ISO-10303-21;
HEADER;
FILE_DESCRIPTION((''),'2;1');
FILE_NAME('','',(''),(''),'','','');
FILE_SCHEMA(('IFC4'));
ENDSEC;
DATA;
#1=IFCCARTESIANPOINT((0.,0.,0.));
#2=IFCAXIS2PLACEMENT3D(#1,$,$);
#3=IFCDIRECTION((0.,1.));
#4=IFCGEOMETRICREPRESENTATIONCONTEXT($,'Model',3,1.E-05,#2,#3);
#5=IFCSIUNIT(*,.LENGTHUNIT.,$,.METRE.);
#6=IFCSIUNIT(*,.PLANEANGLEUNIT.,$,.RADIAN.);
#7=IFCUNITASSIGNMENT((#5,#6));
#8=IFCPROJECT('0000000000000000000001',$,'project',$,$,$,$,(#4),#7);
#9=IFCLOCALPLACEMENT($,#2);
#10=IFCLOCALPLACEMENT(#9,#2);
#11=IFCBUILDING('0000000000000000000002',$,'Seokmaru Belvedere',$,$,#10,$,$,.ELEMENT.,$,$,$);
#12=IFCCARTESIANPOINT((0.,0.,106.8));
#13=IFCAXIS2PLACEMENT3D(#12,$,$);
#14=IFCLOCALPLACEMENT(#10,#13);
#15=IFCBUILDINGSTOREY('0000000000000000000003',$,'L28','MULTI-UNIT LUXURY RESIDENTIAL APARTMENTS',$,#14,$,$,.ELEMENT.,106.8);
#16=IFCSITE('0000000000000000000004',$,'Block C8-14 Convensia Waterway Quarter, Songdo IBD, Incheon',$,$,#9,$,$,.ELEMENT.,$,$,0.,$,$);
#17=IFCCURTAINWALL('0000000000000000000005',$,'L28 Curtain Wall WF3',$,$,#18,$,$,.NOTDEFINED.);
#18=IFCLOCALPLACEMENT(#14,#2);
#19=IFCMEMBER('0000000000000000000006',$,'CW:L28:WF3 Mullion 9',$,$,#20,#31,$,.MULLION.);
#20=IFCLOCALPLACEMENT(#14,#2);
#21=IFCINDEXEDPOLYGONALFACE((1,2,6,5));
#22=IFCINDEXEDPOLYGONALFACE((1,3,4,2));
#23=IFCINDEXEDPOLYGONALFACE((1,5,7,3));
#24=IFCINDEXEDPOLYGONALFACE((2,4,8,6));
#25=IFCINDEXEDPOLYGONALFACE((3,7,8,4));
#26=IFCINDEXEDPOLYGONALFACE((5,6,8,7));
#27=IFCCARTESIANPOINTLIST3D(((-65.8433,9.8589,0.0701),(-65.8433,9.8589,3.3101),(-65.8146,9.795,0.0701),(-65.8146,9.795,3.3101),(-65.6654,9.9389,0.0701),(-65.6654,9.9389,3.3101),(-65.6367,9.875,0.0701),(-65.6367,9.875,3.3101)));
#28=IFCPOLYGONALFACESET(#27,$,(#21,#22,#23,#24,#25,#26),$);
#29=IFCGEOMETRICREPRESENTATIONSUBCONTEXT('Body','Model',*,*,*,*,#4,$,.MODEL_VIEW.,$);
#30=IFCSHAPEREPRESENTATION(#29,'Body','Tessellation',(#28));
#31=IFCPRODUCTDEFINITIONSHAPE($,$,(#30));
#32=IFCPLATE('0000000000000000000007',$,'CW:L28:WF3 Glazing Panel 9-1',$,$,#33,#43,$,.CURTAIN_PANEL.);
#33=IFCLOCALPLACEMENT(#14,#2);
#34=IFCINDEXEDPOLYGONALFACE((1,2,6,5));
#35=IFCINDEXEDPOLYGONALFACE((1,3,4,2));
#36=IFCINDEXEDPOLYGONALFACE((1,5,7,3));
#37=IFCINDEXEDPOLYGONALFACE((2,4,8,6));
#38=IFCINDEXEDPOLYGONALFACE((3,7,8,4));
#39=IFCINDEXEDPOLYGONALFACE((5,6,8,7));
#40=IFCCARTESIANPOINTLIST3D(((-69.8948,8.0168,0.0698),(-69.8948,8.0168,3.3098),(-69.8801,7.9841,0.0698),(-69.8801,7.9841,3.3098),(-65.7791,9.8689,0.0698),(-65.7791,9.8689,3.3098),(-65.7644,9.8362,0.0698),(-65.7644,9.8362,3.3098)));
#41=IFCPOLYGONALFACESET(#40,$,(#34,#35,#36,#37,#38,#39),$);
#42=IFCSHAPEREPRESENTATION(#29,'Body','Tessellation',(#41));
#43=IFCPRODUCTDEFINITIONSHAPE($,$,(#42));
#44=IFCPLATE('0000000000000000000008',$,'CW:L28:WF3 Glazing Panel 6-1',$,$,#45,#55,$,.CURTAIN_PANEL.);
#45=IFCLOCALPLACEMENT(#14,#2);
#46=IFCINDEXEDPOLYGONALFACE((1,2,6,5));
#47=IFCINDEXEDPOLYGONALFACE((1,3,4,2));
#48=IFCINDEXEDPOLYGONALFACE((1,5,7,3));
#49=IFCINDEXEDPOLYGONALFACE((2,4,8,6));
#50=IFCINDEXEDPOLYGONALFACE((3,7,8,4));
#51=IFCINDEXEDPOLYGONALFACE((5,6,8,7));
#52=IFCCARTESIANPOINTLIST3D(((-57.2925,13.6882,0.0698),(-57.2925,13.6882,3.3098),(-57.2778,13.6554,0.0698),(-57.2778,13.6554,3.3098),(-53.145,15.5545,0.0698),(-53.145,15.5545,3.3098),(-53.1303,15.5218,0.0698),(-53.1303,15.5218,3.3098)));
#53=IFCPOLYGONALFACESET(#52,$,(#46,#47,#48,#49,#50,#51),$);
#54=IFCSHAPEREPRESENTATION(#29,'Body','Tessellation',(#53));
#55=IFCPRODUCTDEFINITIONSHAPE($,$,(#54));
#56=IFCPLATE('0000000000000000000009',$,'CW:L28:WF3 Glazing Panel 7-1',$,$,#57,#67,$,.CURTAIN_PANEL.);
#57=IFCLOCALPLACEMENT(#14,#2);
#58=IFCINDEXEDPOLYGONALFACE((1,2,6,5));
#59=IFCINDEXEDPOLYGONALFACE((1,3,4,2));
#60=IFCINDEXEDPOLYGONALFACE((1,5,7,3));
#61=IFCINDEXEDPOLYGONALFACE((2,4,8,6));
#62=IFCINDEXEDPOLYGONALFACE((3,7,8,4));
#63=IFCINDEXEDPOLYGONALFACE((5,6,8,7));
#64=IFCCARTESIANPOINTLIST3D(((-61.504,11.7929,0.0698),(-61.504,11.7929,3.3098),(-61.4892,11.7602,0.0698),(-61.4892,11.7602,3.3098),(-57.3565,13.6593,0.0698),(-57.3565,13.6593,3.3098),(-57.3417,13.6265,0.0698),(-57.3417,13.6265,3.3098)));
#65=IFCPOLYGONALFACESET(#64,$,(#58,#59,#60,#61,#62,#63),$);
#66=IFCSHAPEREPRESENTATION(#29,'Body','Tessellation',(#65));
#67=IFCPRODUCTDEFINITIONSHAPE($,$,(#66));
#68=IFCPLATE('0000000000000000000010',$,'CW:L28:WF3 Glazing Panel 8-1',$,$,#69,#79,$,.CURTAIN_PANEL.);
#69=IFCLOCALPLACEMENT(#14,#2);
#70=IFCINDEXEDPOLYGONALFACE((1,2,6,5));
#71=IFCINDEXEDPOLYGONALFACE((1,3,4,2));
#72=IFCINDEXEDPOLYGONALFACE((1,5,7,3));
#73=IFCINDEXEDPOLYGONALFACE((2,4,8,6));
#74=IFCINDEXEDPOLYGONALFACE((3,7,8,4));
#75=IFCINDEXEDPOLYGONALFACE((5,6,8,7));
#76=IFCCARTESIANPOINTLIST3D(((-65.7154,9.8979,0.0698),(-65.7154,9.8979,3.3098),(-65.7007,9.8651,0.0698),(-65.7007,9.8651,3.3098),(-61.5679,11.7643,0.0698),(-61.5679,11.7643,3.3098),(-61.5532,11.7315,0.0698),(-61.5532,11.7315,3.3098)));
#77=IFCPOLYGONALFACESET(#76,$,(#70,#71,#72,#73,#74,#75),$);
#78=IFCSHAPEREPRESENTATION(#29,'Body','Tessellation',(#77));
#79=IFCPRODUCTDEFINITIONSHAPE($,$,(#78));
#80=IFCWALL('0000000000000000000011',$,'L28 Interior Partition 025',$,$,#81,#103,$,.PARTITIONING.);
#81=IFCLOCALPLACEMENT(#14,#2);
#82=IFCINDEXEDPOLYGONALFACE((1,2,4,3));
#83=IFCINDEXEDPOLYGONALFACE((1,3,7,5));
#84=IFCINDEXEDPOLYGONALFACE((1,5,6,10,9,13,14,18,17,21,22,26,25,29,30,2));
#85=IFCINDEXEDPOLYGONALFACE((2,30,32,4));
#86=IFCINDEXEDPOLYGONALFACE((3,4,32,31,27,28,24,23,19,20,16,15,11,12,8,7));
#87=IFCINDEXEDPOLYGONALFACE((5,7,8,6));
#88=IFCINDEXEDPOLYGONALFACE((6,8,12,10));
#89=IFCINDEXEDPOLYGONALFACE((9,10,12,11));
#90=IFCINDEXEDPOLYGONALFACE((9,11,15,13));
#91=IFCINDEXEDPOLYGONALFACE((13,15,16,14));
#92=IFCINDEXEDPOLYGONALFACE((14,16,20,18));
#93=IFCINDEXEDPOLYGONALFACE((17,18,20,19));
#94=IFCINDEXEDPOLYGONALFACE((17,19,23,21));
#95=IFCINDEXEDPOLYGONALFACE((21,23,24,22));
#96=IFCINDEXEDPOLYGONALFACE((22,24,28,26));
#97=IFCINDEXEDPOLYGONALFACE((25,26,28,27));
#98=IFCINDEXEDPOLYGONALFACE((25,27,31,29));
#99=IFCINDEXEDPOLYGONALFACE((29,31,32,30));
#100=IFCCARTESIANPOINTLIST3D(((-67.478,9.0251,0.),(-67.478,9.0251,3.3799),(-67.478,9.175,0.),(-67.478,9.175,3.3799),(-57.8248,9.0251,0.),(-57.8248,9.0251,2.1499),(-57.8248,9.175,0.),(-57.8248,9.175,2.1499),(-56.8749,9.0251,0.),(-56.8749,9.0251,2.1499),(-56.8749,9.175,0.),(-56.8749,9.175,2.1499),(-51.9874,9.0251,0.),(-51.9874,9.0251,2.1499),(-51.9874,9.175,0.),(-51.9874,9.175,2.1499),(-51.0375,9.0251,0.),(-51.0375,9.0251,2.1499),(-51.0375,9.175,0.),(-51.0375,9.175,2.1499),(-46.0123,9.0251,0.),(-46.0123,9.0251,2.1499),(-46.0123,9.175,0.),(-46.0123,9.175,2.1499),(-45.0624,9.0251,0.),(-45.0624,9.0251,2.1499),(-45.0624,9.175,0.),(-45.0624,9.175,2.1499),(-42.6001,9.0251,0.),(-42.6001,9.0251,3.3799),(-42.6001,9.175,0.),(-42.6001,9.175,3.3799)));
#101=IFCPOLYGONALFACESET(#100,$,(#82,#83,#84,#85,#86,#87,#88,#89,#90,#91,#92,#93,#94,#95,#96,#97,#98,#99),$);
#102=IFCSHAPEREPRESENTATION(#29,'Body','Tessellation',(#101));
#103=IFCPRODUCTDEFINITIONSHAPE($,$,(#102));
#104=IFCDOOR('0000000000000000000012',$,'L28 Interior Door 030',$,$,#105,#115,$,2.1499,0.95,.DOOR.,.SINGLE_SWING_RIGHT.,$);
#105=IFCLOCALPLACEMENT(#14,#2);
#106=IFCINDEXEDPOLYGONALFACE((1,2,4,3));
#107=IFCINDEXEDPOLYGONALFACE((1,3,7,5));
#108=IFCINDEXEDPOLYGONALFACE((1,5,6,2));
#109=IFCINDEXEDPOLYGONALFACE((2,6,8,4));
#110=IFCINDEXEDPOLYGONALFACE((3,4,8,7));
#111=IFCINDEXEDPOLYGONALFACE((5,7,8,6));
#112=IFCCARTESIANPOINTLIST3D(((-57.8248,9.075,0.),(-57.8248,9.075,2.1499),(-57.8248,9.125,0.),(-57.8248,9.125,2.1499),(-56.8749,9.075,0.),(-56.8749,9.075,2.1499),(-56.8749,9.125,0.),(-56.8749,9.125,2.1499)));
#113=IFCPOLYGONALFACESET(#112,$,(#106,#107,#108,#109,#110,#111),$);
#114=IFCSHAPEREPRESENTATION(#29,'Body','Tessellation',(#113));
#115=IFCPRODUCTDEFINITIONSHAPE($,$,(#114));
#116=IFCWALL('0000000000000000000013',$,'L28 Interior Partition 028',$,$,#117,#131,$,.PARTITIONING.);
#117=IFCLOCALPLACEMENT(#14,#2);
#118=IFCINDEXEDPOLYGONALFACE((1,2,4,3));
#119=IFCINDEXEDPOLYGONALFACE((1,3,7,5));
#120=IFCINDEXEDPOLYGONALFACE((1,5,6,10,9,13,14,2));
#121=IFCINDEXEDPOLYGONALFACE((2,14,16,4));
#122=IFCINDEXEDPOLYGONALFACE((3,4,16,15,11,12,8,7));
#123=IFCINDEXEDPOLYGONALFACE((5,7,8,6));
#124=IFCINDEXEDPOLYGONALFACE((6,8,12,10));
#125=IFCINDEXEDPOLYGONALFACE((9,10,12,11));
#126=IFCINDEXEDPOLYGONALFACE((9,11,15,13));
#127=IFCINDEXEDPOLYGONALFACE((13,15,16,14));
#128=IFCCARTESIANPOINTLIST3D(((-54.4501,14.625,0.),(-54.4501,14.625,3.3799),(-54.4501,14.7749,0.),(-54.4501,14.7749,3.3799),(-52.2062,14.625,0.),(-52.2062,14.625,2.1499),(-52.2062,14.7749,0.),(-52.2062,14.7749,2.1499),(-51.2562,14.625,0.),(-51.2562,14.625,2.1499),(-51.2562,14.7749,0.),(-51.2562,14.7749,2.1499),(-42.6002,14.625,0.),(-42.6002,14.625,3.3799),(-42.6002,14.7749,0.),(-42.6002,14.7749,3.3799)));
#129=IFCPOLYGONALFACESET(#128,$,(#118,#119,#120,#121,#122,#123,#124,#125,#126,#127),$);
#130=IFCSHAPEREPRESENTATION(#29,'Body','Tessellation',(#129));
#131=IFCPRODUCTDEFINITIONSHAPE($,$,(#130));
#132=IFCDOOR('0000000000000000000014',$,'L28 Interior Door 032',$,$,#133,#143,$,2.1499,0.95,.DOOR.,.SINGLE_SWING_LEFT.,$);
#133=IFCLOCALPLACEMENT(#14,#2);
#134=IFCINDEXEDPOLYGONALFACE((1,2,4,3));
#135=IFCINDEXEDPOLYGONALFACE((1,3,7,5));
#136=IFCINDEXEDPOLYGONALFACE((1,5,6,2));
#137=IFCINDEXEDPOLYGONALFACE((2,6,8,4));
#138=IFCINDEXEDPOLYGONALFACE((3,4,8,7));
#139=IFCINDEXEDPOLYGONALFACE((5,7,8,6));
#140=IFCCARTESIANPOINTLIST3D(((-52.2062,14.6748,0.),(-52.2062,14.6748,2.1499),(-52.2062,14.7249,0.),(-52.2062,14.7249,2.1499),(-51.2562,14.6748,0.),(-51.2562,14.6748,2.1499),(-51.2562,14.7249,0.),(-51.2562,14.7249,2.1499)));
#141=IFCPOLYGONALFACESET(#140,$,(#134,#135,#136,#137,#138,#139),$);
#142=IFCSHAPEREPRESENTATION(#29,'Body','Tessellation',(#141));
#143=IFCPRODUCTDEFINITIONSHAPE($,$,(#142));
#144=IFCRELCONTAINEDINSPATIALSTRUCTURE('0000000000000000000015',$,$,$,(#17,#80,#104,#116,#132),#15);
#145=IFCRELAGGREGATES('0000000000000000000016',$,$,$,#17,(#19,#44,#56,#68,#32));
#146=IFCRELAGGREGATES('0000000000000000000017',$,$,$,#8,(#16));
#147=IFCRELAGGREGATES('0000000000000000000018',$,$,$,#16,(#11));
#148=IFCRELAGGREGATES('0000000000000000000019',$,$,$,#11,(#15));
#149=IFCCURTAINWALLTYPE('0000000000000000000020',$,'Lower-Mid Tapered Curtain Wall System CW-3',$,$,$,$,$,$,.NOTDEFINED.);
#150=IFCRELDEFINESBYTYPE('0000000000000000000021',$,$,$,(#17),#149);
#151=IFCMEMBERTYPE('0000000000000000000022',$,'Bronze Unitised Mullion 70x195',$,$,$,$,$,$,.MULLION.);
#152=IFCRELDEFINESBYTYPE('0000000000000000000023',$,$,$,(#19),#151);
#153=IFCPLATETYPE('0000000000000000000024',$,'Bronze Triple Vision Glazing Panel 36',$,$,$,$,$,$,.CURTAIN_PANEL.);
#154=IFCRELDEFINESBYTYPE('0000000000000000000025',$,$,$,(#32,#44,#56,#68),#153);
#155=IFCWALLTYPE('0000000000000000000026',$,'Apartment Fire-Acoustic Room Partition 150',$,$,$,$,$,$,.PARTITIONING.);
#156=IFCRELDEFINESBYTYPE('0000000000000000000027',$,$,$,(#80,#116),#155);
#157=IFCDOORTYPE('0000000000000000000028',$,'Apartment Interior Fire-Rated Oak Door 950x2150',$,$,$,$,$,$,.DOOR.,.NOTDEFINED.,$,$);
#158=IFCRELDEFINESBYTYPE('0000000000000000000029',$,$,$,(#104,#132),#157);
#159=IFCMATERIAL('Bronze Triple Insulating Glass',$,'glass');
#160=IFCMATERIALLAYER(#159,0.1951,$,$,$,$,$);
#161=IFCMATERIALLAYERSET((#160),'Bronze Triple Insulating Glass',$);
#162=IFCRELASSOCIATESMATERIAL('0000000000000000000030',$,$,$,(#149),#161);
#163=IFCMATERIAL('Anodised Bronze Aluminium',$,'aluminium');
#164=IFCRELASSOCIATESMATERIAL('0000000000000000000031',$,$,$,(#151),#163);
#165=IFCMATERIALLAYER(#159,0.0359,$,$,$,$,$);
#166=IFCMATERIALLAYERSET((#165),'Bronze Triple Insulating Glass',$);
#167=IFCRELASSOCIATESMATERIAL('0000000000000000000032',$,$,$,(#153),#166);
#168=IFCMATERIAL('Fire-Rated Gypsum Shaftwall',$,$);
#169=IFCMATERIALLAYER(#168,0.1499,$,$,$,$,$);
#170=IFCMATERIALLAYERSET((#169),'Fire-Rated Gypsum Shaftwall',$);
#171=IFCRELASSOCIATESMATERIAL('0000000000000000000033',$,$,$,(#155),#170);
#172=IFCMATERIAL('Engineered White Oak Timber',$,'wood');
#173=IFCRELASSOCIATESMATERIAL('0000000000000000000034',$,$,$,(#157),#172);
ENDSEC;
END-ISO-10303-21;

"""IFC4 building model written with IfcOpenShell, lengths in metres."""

from ifc_helpers import new_model, si_unit, direction, frame, frame_2d, origin, origin_2d, place, context, subcontext, project, spatial, rectangle, extrude, source, transform, mapped, material, layer, layer_set, material_profile, profile_set, type_object, type_shapes, element, fill, aggregate, save


model = new_model("IFC4")

# Units and contexts
model_context = context("Model", 3, precision=1e-05, world=origin(), true_north=direction((0.0, 1.0)))
body_context = subcontext(model_context, "Body", "Model", "MODEL_VIEW")
ifc_project = project(units=[si_unit("LENGTHUNIT", "METRE"), si_unit("PLANEANGLEUNIT", "RADIAN")], contexts=[model_context])

# Site, building, storey
site_placement = place(None, origin())
site = spatial("IfcSite", under=ifc_project, at=site_placement, Name="Block C8-14 Convensia Waterway Quarter, Songdo IBD, Incheon", CompositionType="ELEMENT", RefElevation=0.0)
building_placement = place(site_placement, origin())
building = spatial("IfcBuilding", under=site, at=building_placement, Name="Seokmaru Belvedere", CompositionType="ELEMENT")
storey_placement = place(building_placement, frame((0.0, 0.0, 106.8)))
storey = spatial("IfcBuildingStorey", under=building, at=storey_placement, Name="L28", Description="MULTI-UNIT LUXURY RESIDENTIAL APARTMENTS", CompositionType="ELEMENT", Elevation=106.8)

# Curtain wall, member, plates
ifc_material_1 = material(Name="Bronze Triple Insulating Glass", Category="glass")
ifc_layer_1 = layer(ifc_material_1, 0.1951)
ifc_layer_set_1 = layer_set([ifc_layer_1], Name="Bronze Triple Insulating Glass")
curtain_wall_type = type_object("IfcCurtainWallType", Name="Lower-Mid Tapered Curtain Wall System CW-3", PredefinedType="NOTDEFINED", material=ifc_layer_set_1)
curtain_wall_placement = place(storey_placement, origin())
curtain_wall = element("IfcCurtainWall", 1, at=curtain_wall_placement, inside=storey, type_object=curtain_wall_type, Name="L28 Curtain Wall WF3", PredefinedType="NOTDEFINED")
ifc_material_2 = material(Name="Anodised Bronze Aluminium", Category="aluminium")
ifc_material_profile_1 = material_profile(ifc_material_2, rectangle(XDim=0.0701, YDim=0.1951, at=origin_2d()), Name="CW-M-70x195")
ifc_profile_set_1 = profile_set([ifc_material_profile_1], Name="Anodised Bronze Aluminium")
member_type = type_object("IfcMemberType", Name="Bronze Unitised Mullion 70x195", PredefinedType="MULLION", material=ifc_profile_set_1)
shared_shape_1 = source(origin(), body_context, "Body", "SweptSolid", [
    extrude(rectangle(XDim=0.0701, YDim=0.1951, at=origin_2d()), origin(), (0.0, 0.0, 1.0), 3.24),
])
type_shapes(member_type, [shared_shape_1])
member_1_placement = place(storey_placement, frame((-65.74, 9.8669, 0.0701), z_axis=(0.0, 0.0, 1.0), x_axis=(0.410366, -0.911921, 0.0)))
member_1 = element("IfcMember", 2, at=member_1_placement, type_object=member_type, Name="CW:L28:WF3 Mullion 9", PredefinedType="MULLION", context=body_context, shape_type="MappedRepresentation", body=[
    mapped(shared_shape_1, transform((0.0, 0.0, 0.0), scale=1.0)),
])
ifc_layer_2 = layer(ifc_material_1, 0.0359)
ifc_layer_set_2 = layer_set([ifc_layer_2], Name="Bronze Triple Insulating Glass")
plate_type = type_object("IfcPlateType", Name="Bronze Triple Vision Glazing Panel 36", PredefinedType="CURTAIN_PANEL", material=ifc_layer_set_2)
shared_shape_2 = source(origin(), body_context, "Body", "SweptSolid", [
    extrude(rectangle(XDim=4.5132, YDim=0.0359, at=origin_2d()), origin(), (0.0, 0.0, 1.0), 3.24),
])
plate_1_placement = place(storey_placement, frame((-67.8296, 8.9265, 0.0698), z_axis=(0.0, 0.0, 1.0), x_axis=(-0.911921, -0.410366, 0.0)))
plate_1 = element("IfcPlate", 3, at=plate_1_placement, type_object=plate_type, Name="CW:L28:WF3 Glazing Panel 9-1", PredefinedType="CURTAIN_PANEL", context=body_context, shape_type="MappedRepresentation", body=[
    mapped(shared_shape_2, transform((0.0, 0.0, 0.0), scale=1.0)),
])
shared_shape_3 = source(origin(), body_context, "Body", "SweptSolid", [
    extrude(rectangle(XDim=4.5481, YDim=0.0359, at=origin_2d()), origin(), (0.0, 0.0, 1.0), 3.24),
])
type_shapes(plate_type, [shared_shape_2, shared_shape_3])
plate_2_placement = place(storey_placement, frame((-55.2114, 14.605, 0.0698), z_axis=(0.0, 0.0, 1.0), x_axis=(-0.911921, -0.410366, 0.0)))
plate_2 = element("IfcPlate", 4, at=plate_2_placement, type_object=plate_type, Name="CW:L28:WF3 Glazing Panel 6-1", PredefinedType="CURTAIN_PANEL", context=body_context, shape_type="MappedRepresentation", body=[
    mapped(shared_shape_3, transform((0.0, 0.0, 0.0), scale=1.0)),
])
plate_3_placement = place(storey_placement, frame((-59.4229, 12.7097, 0.0698), z_axis=(0.0, 0.0, 1.0), x_axis=(-0.911921, -0.410366, 0.0)))
plate_3 = element("IfcPlate", 5, at=plate_3_placement, type_object=plate_type, Name="CW:L28:WF3 Glazing Panel 7-1", PredefinedType="CURTAIN_PANEL", context=body_context, shape_type="MappedRepresentation", body=[
    mapped(shared_shape_3, transform((0.0, 0.0, 0.0), scale=1.0)),
])
plate_4_placement = place(storey_placement, frame((-63.6343, 10.8147, 0.0698), z_axis=(0.0, 0.0, 1.0), x_axis=(-0.911921, -0.410366, 0.0)))
plate_4 = element("IfcPlate", 6, at=plate_4_placement, type_object=plate_type, Name="CW:L28:WF3 Glazing Panel 8-1", PredefinedType="CURTAIN_PANEL", context=body_context, shape_type="MappedRepresentation", body=[
    mapped(shared_shape_3, transform((0.0, 0.0, 0.0), scale=1.0)),
])
aggregate(curtain_wall, [member_1, plate_2, plate_3, plate_4, plate_1])

# Wall, openings, door
ifc_material_3 = material(Name="Fire-Rated Gypsum Shaftwall")
ifc_layer_3 = layer(ifc_material_3, 0.1499)
ifc_layer_set_3 = layer_set([ifc_layer_3], Name="Fire-Rated Gypsum Shaftwall")
wall_type = type_object("IfcWallType", Name="Apartment Fire-Acoustic Room Partition 150", PredefinedType="PARTITIONING", material=ifc_layer_set_3)
wall_1_placement = place(storey_placement, frame((-67.478, 9.1001, 0.0), z_axis=(0.0, 0.0, 1.0), x_axis=(1.0, 0.0, 0.0)))
wall_1 = element("IfcWall", 7, at=wall_1_placement, inside=storey, type_object=wall_type, Name="L28 Interior Partition 025", PredefinedType="PARTITIONING", context=body_context, shape_type="SweptSolid", body=[
    extrude(rectangle(XDim=24.8779, YDim=0.1499, at=frame_2d((12.439, 0.0))), origin(), (0.0, 0.0, 1.0), 3.3799),
])
opening_1_placement = place(wall_1_placement, frame((21.4656, 0.0, 0.0)))
element("IfcOpeningElement", 8, at=opening_1_placement, cuts=wall_1, PredefinedType="OPENING", context=body_context, shape_type="SweptSolid", body=[
    extrude(rectangle(XDim=0.95, YDim=2.1499, at=frame_2d((0.4751, 1.075))), frame((0.0, 0.085, 0.0), z_axis=(0.0, -1.0, 0.0), x_axis=(1.0, 0.0, 0.0)), (0.0, 0.0, 1.0), 0.1699),
])
opening_2_placement = place(wall_1_placement, frame((9.6531, 0.0, 0.0)))
opening_2 = element("IfcOpeningElement", 9, at=opening_2_placement, cuts=wall_1, PredefinedType="OPENING", context=body_context, shape_type="SweptSolid", body=[
    extrude(rectangle(XDim=0.95, YDim=2.1499, at=frame_2d((0.4751, 1.075))), frame((0.0, 0.085, 0.0), z_axis=(0.0, -1.0, 0.0), x_axis=(1.0, 0.0, 0.0)), (0.0, 0.0, 1.0), 0.1699),
])
opening_3_placement = place(wall_1_placement, frame((15.4905, 0.0, 0.0)))
element("IfcOpeningElement", 10, at=opening_3_placement, cuts=wall_1, PredefinedType="OPENING", context=body_context, shape_type="SweptSolid", body=[
    extrude(rectangle(XDim=0.95, YDim=2.1499, at=frame_2d((0.4751, 1.075))), frame((0.0, 0.085, 0.0), z_axis=(0.0, -1.0, 0.0), x_axis=(1.0, 0.0, 0.0)), (0.0, 0.0, 1.0), 0.1699),
])
ifc_material_4 = material(Name="Engineered White Oak Timber", Category="wood")
door_type = type_object("IfcDoorType", Name="Apartment Interior Fire-Rated Oak Door 950x2150", OperationType="NOTDEFINED", PredefinedType="DOOR", material=ifc_material_4)
shared_shape_4 = source(origin(), body_context, "Body", "SweptSolid", [
    extrude(rectangle(XDim=0.95, YDim=2.1499, at=frame_2d((0.4751, 1.075))), frame((0.0, 0.0249, 0.0), z_axis=(0.0, -1.0, 0.0), x_axis=(1.0, 0.0, 0.0)), (0.0, 0.0, 1.0), 0.05),
])
type_shapes(door_type, [shared_shape_4])
door_1_placement = place(opening_2_placement, origin())
door_1 = element("IfcDoor", 11, at=door_1_placement, inside=storey, type_object=door_type, Name="L28 Interior Door 030", OperationType="SINGLE_SWING_RIGHT", OverallHeight=2.1499, OverallWidth=0.95, PredefinedType="DOOR", context=body_context, shape_type="MappedRepresentation", body=[
    mapped(shared_shape_4, transform((0.0, 0.0, 0.0), scale=1.0)),
])
fill(opening_2, door_1)

# Wall, opening, door
wall_2_placement = place(storey_placement, frame((-54.45, 14.7, 0.0), z_axis=(0.0, 0.0, 1.0), x_axis=(1.0, 0.0, 0.0)))
wall_2 = element("IfcWall", 12, at=wall_2_placement, inside=storey, type_object=wall_type, Name="L28 Interior Partition 028", PredefinedType="PARTITIONING", context=body_context, shape_type="SweptSolid", body=[
    extrude(rectangle(XDim=11.8499, YDim=0.1499, at=frame_2d((5.9248, 0.0))), origin(), (0.0, 0.0, 1.0), 3.3799),
])
opening_4_placement = place(wall_2_placement, frame((2.2437, 0.0, 0.0)))
opening_4 = element("IfcOpeningElement", 13, at=opening_4_placement, cuts=wall_2, PredefinedType="OPENING", context=body_context, shape_type="SweptSolid", body=[
    extrude(rectangle(XDim=0.95, YDim=2.1499, at=frame_2d((0.4751, 1.075))), frame((0.0, 0.085, 0.0), z_axis=(0.0, -1.0, 0.0), x_axis=(1.0, 0.0, 0.0)), (0.0, 0.0, 1.0), 0.1699),
])
door_2_placement = place(opening_4_placement, origin())
door_2 = element("IfcDoor", 14, at=door_2_placement, inside=storey, type_object=door_type, Name="L28 Interior Door 032", OperationType="SINGLE_SWING_LEFT", OverallHeight=2.1499, OverallWidth=0.95, PredefinedType="DOOR", context=body_context, shape_type="MappedRepresentation", body=[
    mapped(shared_shape_4, transform((0.0, 0.0, 0.0), scale=1.0)),
])
fill(opening_4, door_2)

save(model, "model.ifc")
